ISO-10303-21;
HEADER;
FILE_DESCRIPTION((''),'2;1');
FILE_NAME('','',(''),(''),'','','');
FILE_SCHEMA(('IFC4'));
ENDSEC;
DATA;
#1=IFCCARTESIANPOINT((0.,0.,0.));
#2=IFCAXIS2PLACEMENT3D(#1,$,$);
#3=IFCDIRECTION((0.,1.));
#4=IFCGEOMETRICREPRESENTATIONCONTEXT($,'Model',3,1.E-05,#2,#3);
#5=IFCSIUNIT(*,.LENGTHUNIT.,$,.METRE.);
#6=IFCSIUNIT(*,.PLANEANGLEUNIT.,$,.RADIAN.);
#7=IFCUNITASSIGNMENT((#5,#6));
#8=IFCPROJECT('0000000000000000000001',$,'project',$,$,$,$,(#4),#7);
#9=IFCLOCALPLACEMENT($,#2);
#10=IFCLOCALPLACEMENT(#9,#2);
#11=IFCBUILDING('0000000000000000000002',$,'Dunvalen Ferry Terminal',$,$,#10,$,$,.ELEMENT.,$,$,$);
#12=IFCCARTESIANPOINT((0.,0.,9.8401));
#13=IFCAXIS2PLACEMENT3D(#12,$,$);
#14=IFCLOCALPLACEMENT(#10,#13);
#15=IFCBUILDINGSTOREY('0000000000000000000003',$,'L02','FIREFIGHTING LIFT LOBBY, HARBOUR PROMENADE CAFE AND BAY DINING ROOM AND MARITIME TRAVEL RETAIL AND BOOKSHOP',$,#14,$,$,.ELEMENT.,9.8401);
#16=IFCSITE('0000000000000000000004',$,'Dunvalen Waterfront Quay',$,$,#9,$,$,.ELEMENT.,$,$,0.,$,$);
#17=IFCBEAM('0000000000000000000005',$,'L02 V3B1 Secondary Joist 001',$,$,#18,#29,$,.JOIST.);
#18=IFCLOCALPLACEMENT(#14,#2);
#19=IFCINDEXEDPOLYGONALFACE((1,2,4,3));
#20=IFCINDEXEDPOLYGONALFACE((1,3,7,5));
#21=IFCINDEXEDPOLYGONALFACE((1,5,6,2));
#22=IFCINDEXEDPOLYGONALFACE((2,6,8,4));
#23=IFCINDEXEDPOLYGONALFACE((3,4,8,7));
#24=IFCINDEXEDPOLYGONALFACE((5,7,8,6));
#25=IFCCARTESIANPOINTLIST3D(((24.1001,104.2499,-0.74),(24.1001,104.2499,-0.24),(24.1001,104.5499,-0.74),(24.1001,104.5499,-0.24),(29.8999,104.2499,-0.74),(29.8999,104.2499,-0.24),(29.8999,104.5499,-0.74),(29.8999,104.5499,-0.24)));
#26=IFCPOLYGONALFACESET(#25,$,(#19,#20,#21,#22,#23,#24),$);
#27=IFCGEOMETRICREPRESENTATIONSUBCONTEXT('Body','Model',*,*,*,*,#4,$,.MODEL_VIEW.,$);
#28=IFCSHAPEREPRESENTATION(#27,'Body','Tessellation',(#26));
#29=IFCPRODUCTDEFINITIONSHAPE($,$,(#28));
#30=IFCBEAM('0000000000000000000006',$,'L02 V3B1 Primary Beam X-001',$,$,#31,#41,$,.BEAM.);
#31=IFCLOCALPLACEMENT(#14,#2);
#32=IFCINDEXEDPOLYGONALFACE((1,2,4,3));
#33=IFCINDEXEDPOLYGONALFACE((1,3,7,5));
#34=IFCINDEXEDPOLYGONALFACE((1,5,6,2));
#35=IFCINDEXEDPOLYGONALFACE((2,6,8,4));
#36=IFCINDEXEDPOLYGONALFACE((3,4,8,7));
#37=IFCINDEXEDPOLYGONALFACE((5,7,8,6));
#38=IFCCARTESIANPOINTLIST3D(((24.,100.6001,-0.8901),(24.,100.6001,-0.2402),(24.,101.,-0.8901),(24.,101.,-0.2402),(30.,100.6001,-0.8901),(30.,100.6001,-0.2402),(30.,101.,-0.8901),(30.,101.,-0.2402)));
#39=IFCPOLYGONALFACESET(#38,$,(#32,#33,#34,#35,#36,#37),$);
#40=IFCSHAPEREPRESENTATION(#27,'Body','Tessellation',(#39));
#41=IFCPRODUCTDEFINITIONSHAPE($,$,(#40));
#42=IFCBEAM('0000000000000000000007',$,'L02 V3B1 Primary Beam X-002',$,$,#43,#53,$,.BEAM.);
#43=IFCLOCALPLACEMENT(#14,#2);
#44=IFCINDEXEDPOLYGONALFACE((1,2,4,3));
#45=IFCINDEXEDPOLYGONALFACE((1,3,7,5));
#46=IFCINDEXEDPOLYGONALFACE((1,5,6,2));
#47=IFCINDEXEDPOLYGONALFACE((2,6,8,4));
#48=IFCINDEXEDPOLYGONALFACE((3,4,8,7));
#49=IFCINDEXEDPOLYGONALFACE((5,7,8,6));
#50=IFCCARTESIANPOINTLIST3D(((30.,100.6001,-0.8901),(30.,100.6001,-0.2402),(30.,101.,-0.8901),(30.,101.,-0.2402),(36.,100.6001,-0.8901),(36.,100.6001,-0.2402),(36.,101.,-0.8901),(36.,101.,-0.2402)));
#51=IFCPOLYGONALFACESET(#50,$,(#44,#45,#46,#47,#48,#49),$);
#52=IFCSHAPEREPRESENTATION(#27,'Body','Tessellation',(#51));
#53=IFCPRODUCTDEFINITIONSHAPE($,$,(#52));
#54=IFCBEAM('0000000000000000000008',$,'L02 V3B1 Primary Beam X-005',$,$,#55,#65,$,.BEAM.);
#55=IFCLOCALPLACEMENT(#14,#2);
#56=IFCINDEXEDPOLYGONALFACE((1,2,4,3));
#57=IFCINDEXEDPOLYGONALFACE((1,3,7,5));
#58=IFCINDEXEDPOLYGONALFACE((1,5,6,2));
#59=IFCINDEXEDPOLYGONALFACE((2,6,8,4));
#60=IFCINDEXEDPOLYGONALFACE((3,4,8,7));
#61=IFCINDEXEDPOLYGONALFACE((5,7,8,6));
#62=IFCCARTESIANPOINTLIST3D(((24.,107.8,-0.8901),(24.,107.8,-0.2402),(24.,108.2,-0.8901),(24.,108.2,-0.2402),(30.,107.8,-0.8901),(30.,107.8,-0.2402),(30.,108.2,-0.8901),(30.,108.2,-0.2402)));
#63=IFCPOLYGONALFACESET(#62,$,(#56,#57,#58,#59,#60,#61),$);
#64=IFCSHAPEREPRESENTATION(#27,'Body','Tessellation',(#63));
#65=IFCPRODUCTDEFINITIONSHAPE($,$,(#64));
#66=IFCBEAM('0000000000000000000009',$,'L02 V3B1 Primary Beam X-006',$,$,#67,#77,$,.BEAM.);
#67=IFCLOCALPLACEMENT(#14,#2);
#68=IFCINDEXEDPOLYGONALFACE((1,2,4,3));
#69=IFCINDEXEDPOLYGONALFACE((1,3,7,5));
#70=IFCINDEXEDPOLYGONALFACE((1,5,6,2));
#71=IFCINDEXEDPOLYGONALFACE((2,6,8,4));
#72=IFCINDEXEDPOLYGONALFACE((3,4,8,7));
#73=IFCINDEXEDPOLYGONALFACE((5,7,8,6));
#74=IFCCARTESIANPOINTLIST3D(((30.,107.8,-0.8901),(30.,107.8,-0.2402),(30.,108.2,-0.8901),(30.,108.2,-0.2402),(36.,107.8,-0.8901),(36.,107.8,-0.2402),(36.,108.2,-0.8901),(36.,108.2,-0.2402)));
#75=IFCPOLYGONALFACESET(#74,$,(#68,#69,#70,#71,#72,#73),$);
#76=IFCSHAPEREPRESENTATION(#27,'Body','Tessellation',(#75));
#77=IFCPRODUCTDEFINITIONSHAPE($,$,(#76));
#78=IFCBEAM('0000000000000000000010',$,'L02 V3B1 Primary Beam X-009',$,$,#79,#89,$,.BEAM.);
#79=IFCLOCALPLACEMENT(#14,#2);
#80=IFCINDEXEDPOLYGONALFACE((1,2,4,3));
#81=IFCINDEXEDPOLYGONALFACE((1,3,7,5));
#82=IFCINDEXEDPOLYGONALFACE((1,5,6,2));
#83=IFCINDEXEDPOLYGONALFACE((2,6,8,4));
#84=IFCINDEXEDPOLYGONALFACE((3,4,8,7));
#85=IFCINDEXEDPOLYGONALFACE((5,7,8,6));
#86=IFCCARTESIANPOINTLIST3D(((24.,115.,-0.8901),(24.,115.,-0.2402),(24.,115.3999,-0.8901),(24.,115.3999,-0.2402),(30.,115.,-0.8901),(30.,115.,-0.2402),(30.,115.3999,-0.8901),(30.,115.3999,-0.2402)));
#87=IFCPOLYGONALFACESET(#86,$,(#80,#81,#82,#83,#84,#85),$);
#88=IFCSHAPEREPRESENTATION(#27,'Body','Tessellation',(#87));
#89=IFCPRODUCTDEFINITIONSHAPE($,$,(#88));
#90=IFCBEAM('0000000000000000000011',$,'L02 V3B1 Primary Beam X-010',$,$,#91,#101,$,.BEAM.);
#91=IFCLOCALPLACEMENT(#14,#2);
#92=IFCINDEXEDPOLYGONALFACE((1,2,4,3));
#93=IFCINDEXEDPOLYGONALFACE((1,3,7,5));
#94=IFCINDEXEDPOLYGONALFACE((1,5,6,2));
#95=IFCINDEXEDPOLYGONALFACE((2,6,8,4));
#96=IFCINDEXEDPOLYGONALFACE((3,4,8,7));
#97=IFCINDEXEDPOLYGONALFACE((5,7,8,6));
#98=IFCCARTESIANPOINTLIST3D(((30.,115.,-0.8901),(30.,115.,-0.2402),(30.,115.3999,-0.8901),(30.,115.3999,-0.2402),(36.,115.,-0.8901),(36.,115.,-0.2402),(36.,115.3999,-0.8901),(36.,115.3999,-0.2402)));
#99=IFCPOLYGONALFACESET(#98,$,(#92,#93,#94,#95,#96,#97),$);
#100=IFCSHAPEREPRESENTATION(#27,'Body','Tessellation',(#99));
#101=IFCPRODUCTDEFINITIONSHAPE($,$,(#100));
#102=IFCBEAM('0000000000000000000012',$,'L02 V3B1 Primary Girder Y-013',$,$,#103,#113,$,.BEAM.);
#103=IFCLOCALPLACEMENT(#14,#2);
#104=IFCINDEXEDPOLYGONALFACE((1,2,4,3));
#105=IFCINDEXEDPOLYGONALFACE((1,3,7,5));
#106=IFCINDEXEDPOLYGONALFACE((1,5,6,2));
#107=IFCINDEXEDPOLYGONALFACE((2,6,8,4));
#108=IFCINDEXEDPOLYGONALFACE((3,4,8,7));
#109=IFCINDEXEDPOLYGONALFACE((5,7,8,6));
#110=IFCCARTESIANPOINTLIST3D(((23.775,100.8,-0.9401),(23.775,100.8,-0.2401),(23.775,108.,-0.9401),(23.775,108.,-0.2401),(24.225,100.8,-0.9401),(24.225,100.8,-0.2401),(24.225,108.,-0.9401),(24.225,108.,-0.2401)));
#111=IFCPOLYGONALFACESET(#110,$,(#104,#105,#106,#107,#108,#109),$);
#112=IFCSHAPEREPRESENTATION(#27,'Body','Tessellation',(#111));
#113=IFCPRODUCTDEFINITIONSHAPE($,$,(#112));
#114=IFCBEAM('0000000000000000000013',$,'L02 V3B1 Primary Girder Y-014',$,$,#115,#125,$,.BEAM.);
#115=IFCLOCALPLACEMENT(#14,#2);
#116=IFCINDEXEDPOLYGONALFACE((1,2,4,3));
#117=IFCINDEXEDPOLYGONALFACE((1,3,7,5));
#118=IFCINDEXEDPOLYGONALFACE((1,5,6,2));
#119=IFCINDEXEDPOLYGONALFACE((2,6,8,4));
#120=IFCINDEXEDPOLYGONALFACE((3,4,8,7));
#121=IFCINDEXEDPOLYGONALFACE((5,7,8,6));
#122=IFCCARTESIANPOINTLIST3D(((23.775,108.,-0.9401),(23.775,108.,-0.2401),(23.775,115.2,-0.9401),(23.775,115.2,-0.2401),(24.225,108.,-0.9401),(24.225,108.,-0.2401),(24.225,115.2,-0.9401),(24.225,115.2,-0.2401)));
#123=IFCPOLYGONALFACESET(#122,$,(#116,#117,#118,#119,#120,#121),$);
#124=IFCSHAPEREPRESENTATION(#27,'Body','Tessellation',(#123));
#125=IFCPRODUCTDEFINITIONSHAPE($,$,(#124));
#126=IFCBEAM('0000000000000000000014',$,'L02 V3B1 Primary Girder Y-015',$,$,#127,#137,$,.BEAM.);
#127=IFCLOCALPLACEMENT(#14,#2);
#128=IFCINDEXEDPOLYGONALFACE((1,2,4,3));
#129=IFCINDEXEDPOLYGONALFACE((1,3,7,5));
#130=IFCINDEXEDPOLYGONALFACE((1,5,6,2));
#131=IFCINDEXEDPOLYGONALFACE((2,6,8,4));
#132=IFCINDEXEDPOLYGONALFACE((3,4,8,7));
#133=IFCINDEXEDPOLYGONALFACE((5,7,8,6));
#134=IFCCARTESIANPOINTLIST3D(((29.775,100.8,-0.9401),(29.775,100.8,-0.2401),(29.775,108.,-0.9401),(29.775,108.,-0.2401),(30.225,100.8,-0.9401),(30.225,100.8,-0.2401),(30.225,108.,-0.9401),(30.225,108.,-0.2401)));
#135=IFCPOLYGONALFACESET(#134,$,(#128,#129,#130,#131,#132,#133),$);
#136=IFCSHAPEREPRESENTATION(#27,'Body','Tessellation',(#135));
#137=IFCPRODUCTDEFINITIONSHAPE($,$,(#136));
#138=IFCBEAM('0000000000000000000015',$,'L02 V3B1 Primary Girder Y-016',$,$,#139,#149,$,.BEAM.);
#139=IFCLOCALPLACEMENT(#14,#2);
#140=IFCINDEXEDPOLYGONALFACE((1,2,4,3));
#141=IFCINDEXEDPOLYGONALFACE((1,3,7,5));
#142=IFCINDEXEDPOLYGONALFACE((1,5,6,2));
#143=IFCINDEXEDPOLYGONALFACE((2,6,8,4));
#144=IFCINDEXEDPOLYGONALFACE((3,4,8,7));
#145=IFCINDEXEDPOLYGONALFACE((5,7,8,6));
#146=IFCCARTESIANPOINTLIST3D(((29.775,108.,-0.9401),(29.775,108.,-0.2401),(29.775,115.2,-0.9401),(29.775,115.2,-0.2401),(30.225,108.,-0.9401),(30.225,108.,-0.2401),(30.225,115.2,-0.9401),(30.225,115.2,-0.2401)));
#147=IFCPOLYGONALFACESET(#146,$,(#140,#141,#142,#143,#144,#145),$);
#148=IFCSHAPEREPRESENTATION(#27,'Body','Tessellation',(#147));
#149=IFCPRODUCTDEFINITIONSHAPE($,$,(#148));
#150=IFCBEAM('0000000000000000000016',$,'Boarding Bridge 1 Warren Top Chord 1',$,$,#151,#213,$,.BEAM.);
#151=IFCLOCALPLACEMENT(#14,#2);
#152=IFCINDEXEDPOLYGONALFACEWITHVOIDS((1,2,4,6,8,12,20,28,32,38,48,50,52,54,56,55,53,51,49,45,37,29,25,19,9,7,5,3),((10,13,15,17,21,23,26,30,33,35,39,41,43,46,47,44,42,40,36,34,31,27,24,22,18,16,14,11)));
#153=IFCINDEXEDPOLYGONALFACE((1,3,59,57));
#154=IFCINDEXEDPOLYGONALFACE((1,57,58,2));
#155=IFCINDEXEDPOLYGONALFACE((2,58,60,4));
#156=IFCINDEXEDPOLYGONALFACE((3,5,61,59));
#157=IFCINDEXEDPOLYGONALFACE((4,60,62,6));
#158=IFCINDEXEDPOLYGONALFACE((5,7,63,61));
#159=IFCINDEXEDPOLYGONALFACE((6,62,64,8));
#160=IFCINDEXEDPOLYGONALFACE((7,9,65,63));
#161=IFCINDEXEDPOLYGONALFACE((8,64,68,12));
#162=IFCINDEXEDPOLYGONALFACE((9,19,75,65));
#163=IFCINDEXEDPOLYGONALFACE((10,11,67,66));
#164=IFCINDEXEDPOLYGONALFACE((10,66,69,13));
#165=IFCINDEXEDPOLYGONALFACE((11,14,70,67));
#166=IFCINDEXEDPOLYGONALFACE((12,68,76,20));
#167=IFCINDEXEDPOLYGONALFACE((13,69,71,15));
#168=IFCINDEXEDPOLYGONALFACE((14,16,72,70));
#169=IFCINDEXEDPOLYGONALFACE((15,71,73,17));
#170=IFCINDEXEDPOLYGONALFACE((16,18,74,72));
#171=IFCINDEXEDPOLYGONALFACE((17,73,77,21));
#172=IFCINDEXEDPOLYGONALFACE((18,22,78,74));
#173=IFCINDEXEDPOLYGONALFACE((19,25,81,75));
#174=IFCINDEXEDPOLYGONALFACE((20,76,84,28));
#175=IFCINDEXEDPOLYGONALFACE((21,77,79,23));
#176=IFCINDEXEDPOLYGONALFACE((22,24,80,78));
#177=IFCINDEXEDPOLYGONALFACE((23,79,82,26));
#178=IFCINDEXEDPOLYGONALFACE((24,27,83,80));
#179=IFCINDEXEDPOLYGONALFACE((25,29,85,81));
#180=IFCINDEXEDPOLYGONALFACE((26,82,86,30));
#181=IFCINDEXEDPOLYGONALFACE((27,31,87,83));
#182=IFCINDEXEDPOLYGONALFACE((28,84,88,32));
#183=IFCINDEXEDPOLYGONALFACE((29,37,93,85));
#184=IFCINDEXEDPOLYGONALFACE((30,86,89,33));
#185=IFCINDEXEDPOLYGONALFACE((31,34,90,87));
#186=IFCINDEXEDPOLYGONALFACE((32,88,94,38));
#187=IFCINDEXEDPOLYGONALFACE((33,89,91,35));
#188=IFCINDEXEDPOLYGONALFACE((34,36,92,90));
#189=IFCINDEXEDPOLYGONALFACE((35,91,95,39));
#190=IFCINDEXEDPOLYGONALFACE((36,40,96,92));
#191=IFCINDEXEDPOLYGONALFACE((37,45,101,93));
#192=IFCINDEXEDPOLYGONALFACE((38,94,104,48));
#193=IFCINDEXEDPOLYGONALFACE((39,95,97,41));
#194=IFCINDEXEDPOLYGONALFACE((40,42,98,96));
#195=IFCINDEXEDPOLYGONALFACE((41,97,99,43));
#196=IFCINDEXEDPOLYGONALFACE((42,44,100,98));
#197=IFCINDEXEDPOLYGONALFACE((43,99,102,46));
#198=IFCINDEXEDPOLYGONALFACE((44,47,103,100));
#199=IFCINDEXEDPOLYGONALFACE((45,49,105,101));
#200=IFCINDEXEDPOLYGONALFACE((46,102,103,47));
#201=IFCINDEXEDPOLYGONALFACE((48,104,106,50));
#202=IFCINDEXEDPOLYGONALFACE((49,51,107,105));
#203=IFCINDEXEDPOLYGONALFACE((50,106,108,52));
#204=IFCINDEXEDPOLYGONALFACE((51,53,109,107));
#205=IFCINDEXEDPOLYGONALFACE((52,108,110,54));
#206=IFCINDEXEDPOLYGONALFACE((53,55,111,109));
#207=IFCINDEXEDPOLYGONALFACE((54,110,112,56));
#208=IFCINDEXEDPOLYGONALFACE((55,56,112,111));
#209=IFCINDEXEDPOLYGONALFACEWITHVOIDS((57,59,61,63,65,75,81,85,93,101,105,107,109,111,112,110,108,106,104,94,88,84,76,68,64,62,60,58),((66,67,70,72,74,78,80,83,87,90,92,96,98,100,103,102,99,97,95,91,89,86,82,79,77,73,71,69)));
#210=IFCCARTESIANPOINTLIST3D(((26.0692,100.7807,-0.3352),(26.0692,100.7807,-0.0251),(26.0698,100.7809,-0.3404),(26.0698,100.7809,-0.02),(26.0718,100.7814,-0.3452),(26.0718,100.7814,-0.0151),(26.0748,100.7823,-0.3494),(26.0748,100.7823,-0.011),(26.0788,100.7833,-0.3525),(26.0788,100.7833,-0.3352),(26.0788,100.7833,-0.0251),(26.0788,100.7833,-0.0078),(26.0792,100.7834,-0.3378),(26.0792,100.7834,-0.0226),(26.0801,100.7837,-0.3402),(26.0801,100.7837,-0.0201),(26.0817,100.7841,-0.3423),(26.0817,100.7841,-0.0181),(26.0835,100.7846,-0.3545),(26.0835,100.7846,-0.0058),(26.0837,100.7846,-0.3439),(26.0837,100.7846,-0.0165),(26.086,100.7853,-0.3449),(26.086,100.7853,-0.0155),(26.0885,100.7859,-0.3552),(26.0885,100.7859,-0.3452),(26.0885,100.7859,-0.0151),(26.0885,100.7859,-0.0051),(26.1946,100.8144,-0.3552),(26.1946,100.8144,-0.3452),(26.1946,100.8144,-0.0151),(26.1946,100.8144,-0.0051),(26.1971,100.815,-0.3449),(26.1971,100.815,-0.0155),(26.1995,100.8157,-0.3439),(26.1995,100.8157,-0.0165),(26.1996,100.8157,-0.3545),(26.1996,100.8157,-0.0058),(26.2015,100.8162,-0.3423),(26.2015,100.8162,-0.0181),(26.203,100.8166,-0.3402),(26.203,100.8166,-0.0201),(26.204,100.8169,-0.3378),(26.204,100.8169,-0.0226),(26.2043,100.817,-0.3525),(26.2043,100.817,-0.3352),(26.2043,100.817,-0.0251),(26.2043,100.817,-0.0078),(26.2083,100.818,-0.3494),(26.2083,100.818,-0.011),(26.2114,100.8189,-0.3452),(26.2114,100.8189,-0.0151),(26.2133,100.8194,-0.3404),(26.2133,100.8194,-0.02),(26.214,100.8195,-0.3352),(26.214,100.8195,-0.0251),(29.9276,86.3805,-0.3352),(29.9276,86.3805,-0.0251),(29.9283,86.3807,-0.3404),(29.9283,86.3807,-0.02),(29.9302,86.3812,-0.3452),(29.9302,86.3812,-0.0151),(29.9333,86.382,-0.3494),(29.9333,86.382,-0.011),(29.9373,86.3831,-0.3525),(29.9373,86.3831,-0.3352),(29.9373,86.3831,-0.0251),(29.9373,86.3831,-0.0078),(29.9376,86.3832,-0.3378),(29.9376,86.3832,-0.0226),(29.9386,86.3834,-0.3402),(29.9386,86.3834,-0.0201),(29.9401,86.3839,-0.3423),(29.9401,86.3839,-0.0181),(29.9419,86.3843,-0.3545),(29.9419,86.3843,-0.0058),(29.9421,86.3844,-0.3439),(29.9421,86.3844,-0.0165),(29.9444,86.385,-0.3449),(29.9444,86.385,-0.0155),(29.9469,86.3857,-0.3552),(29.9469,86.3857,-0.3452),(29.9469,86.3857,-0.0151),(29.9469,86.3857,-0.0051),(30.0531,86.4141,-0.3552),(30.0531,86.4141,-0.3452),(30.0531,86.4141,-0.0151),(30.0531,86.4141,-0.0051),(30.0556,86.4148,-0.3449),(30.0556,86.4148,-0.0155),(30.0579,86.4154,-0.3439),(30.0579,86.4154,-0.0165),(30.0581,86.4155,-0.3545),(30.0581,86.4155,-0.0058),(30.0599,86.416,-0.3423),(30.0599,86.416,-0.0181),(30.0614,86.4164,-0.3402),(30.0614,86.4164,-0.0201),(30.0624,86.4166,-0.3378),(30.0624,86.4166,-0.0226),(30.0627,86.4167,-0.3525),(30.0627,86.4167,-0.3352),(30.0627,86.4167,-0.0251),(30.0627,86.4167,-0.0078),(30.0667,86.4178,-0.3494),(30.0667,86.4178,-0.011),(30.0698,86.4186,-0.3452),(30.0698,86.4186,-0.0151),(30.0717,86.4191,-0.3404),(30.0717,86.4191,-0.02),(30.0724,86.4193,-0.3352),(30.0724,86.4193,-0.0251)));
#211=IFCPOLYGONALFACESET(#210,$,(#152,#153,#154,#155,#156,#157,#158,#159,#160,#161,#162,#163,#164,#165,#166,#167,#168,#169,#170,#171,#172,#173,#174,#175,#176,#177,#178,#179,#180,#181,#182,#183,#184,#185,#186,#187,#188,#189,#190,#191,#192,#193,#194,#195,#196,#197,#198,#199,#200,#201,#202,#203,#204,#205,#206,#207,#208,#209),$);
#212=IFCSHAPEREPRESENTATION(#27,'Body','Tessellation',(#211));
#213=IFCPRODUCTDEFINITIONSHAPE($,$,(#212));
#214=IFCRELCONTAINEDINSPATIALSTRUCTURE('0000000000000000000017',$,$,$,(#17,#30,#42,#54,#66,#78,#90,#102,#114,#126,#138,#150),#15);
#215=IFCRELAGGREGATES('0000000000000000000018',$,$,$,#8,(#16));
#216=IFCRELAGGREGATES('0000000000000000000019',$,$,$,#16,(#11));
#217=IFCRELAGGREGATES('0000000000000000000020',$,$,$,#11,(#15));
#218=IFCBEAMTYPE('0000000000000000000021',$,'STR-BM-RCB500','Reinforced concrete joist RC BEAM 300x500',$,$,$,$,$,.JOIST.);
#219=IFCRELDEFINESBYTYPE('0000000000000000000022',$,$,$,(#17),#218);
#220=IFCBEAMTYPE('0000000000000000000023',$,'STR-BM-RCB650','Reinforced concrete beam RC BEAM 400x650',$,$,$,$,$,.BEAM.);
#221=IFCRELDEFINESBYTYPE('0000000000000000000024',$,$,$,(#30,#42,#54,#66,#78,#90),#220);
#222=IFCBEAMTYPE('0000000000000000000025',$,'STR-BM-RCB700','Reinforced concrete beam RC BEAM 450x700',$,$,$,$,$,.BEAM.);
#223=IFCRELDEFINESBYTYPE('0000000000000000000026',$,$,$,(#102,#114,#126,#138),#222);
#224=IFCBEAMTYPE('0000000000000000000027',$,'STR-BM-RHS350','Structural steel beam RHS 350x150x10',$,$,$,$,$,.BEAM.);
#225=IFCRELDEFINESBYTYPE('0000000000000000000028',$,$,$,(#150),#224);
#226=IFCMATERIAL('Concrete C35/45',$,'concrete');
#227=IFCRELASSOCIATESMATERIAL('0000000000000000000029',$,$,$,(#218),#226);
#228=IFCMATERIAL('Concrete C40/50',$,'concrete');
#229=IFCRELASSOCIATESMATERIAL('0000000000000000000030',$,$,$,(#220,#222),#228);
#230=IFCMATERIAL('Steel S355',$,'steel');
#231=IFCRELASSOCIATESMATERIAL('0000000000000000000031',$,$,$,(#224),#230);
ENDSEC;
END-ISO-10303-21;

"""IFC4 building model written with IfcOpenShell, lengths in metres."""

from ifc_helpers import new_model, si_unit, direction, frame, origin, origin_2d, place, context, subcontext, project, spatial, rectangle, hollow_rectangle, extrude, material, material_profile, profile_set, type_object, element, save


model = new_model("IFC4")

# Units and contexts
model_context = context("Model", 3, precision=1e-05, world=origin(), true_north=direction((0.0, 1.0)))
body_context = subcontext(model_context, "Body", "Model", "MODEL_VIEW")
ifc_project = project(units=[si_unit("LENGTHUNIT", "METRE"), si_unit("PLANEANGLEUNIT", "RADIAN")], contexts=[model_context])

# Site, building, storey
site_placement = place(None, origin())
site = spatial("IfcSite", under=ifc_project, at=site_placement, Name="Dunvalen Waterfront Quay", CompositionType="ELEMENT", RefElevation=0.0)
building_placement = place(site_placement, origin())
building = spatial("IfcBuilding", under=site, at=building_placement, Name="Dunvalen Ferry Terminal", CompositionType="ELEMENT")
storey_placement = place(building_placement, frame((0.0, 0.0, 9.8401)))
storey = spatial("IfcBuildingStorey", under=building, at=storey_placement, Name="L02", Description="FIREFIGHTING LIFT LOBBY, HARBOUR PROMENADE CAFE AND BAY DINING ROOM AND MARITIME TRAVEL RETAIL AND BOOKSHOP", CompositionType="ELEMENT", Elevation=9.8401)

# Beams
ifc_material_1 = material(Name="Concrete C35/45", Category="concrete")
ifc_material_profile_1 = material_profile(ifc_material_1, rectangle(XDim=0.3, YDim=0.5, at=origin_2d()), Name="Concrete C35/45")
ifc_profile_set_1 = profile_set([ifc_material_profile_1], Name="Concrete C35/45")
beam_type_1 = type_object("IfcBeamType", Name="STR-BM-RCB500", Description="Reinforced concrete joist RC BEAM 300x500", PredefinedType="JOIST", material=ifc_profile_set_1)
beam_1_placement = place(storey_placement, frame((24.1001, 104.3999, -0.49), z_axis=(1.0, 0.0, 0.0), x_axis=(0.0, 1.0, 0.0)))
element("IfcBeam", 1, at=beam_1_placement, inside=storey, type_object=beam_type_1, Name="L02 V3B1 Secondary Joist 001", PredefinedType="JOIST", context=body_context, shape_type="SweptSolid", body=[
    extrude(rectangle(XDim=0.3, YDim=0.5, at=origin_2d()), origin(), (0.0, 0.0, 1.0), 5.7998),
])
ifc_material_2 = material(Name="Concrete C40/50", Category="concrete")
ifc_material_profile_2 = material_profile(ifc_material_2, rectangle(XDim=0.3999, YDim=0.6499, at=origin_2d()), Name="Concrete C40/50")
ifc_profile_set_2 = profile_set([ifc_material_profile_2], Name="Concrete C40/50")
beam_type_2 = type_object("IfcBeamType", Name="STR-BM-RCB650", Description="Reinforced concrete beam RC BEAM 400x650", PredefinedType="BEAM", material=ifc_profile_set_2)
for number, where, z_axis, x_axis, name in (
    (2, (24.0, 100.8, -0.5652), (1.0, 0.0, 0.0), (0.0, 1.0, 0.0), "L02 V3B1 Primary Beam X-001"),
    (3, (30.0, 100.8, -0.5652), (1.0, 0.0, 0.0), (0.0, 1.0, 0.0), "L02 V3B1 Primary Beam X-002"),
    (4, (24.0, 108.0, -0.5652), (1.0, 0.0, 0.0), (0.0, 1.0, 0.0), "L02 V3B1 Primary Beam X-005"),
    (5, (30.0, 108.0, -0.5652), (1.0, 0.0, 0.0), (0.0, 1.0, 0.0), "L02 V3B1 Primary Beam X-006"),
    (6, (24.0, 115.2, -0.5652), (1.0, 0.0, 0.0), (0.0, 1.0, 0.0), "L02 V3B1 Primary Beam X-009"),
    (7, (30.0, 115.2, -0.5652), (1.0, 0.0, 0.0), (0.0, 1.0, 0.0), "L02 V3B1 Primary Beam X-010"),
):
    element("IfcBeam", number, at=place(storey_placement, frame(where, z_axis=z_axis, x_axis=x_axis)), inside=storey, type_object=beam_type_2, Name=name, PredefinedType="BEAM", context=body_context, shape_type="SweptSolid", body=[
        extrude(rectangle(XDim=0.3999, YDim=0.6499, at=origin_2d()), origin(), (0.0, 0.0, 1.0), 6.0),
    ])
ifc_material_profile_3 = material_profile(ifc_material_2, rectangle(XDim=0.45, YDim=0.7, at=origin_2d()), Name="Concrete C40/50")
ifc_profile_set_3 = profile_set([ifc_material_profile_3], Name="Concrete C40/50")
beam_type_3 = type_object("IfcBeamType", Name="STR-BM-RCB700", Description="Reinforced concrete beam RC BEAM 450x700", PredefinedType="BEAM", material=ifc_profile_set_3)
for number, where, z_axis, x_axis, name in (
    (8, (24.0, 100.8, -0.5901), (0.0, 1.0, 0.0), (-1.0, 0.0, 0.0), "L02 V3B1 Primary Girder Y-013"),
    (9, (24.0, 108.0, -0.5901), (0.0, 1.0, 0.0), (-1.0, 0.0, 0.0), "L02 V3B1 Primary Girder Y-014"),
    (10, (30.0, 100.8, -0.5901), (0.0, 1.0, 0.0), (-1.0, 0.0, 0.0), "L02 V3B1 Primary Girder Y-015"),
    (11, (30.0, 108.0, -0.5901), (0.0, 1.0, 0.0), (-1.0, 0.0, 0.0), "L02 V3B1 Primary Girder Y-016"),
):
    element("IfcBeam", number, at=place(storey_placement, frame(where, z_axis=z_axis, x_axis=x_axis)), inside=storey, type_object=beam_type_3, Name=name, PredefinedType="BEAM", context=body_context, shape_type="SweptSolid", body=[
        extrude(rectangle(XDim=0.45, YDim=0.7, at=origin_2d()), origin(), (0.0, 0.0, 1.0), 7.2),
    ])
ifc_material_3 = material(Name="Steel S355", Category="steel")
ifc_material_profile_4 = material_profile(ifc_material_3, hollow_rectangle(XDim=0.1499, YDim=0.3501, WallThickness=0.01, InnerFilletRadius=0.01, OuterFilletRadius=0.02, at=origin_2d()), Name="Steel S355")
ifc_profile_set_4 = profile_set([ifc_material_profile_4], Name="Steel S355")
beam_type_4 = type_object("IfcBeamType", Name="STR-BM-RHS350", Description="Structural steel beam RHS 350x150x10", PredefinedType="BEAM", material=ifc_profile_set_4)
beam_2_placement = place(storey_placement, frame((30.0, 86.3999, -0.1802), z_axis=(-0.258812, 0.965928, 0.0), x_axis=(-0.965928, -0.258812, 0.0)))
element("IfcBeam", 12, at=beam_2_placement, inside=storey, type_object=beam_type_4, Name="Boarding Bridge 1 Warren Top Chord 1", PredefinedType="BEAM", context=body_context, shape_type="SweptSolid", body=[
    extrude(hollow_rectangle(XDim=0.1499, YDim=0.3501, WallThickness=0.01, InnerFilletRadius=0.01, OuterFilletRadius=0.02, at=origin_2d()), origin(), (0.0, 0.0, 1.0), 14.9082),
])

save(model, "model.ifc")
